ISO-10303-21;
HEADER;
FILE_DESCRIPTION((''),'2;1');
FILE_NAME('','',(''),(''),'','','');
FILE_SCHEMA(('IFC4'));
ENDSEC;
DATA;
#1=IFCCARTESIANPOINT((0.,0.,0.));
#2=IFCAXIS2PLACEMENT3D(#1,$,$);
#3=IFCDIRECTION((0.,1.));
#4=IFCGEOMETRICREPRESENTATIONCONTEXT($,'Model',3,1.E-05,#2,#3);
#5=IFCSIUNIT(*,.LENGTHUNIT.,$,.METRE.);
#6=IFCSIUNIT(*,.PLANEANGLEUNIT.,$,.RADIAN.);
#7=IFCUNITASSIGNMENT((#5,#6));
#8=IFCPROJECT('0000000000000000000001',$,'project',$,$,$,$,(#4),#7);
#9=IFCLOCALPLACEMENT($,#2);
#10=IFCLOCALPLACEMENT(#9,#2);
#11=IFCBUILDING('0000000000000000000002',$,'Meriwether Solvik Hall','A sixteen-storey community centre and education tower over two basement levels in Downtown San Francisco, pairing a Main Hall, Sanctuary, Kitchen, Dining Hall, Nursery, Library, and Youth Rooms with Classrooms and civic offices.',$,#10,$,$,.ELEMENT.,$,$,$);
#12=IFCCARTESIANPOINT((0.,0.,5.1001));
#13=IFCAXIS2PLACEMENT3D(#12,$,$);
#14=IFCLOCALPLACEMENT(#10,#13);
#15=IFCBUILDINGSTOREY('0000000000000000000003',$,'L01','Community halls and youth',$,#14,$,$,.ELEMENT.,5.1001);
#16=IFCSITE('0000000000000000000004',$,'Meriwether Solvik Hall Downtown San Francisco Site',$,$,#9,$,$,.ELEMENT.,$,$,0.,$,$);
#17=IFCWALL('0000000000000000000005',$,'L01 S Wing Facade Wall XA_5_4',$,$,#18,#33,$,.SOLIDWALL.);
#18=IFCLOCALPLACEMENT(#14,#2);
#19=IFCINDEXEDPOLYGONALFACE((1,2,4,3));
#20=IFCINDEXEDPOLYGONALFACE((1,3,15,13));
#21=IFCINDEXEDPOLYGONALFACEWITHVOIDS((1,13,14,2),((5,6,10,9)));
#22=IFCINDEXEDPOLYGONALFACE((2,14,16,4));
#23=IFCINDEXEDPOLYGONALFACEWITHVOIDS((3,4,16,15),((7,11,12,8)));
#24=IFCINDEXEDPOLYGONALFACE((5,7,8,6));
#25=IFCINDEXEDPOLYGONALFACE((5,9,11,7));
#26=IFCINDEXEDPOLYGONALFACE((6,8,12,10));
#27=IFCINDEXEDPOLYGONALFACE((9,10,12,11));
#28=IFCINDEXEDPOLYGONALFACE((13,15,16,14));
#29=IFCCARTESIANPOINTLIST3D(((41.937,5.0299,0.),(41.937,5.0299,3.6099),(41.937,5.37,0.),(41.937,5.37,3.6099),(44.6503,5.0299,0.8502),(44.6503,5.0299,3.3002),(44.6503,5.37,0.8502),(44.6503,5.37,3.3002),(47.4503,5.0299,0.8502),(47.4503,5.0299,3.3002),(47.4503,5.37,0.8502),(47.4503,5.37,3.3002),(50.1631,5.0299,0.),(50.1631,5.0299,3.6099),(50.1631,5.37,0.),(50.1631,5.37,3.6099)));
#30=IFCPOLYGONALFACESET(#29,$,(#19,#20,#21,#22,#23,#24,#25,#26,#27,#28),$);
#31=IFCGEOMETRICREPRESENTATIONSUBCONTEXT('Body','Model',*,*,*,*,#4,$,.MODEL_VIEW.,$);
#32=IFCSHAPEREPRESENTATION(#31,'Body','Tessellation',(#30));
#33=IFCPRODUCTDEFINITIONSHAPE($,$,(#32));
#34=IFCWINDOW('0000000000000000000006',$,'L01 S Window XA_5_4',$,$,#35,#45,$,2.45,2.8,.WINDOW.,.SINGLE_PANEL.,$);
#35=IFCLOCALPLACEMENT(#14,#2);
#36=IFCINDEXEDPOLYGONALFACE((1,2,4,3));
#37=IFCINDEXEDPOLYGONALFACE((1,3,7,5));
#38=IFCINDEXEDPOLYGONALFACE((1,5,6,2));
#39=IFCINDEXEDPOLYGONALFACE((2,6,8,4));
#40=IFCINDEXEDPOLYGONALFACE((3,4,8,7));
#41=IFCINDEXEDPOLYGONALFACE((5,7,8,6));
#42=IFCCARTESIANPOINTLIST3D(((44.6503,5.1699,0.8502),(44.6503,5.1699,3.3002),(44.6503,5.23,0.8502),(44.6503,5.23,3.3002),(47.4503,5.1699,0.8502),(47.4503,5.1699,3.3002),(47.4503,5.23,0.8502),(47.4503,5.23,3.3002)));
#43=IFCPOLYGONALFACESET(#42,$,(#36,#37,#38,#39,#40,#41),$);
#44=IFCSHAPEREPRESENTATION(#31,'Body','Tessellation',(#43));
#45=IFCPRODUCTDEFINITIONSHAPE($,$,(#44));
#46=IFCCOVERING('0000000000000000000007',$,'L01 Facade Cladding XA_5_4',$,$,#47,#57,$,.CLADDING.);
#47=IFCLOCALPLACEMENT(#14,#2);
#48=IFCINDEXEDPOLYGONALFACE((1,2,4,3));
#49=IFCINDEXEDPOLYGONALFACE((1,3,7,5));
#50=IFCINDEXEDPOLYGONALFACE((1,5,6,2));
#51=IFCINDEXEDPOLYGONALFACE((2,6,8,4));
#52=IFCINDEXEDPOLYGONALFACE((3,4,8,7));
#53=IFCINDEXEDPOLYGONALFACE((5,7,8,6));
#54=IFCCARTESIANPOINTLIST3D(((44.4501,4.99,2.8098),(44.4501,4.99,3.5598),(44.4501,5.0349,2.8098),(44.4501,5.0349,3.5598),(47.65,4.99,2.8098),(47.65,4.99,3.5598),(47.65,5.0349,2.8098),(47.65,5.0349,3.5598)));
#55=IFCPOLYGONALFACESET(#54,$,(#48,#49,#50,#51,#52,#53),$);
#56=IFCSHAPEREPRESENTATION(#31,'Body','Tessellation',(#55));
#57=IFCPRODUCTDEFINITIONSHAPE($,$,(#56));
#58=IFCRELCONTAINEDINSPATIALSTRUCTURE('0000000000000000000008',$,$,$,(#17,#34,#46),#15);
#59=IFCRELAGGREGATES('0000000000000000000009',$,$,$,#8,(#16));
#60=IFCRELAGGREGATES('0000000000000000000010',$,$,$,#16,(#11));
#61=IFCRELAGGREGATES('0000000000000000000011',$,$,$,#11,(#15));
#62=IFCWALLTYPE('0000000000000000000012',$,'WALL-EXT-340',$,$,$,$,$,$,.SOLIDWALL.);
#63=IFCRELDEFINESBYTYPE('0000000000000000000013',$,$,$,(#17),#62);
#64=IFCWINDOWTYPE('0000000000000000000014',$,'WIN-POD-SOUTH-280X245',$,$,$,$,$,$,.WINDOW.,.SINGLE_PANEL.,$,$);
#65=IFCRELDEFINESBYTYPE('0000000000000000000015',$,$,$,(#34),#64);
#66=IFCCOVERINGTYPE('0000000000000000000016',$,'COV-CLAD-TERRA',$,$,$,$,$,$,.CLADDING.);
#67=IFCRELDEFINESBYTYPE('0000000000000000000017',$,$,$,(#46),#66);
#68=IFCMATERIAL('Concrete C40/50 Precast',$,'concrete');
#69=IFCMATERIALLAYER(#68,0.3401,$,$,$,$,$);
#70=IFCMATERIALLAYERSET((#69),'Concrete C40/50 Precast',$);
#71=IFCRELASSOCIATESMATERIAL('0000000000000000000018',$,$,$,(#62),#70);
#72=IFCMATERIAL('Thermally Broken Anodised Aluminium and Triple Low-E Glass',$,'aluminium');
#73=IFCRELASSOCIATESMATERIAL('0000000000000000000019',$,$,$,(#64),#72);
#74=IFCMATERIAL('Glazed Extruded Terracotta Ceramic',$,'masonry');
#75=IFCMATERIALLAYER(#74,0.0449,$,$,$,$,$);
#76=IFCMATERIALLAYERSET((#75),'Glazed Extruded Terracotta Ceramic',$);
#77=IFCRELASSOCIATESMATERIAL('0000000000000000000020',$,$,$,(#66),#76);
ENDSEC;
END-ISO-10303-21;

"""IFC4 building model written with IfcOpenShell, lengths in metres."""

from ifc_helpers import new_model, si_unit, direction, frame, frame_2d, origin, origin_2d, place, context, subcontext, project, spatial, rectangle, extrude, material, layer, layer_set, type_object, element, fill, save


model = new_model("IFC4")

# Units and contexts
model_context = context("Model", 3, precision=1e-05, world=origin(), true_north=direction((0.0, 1.0)))
body_context = subcontext(model_context, "Body", "Model", "MODEL_VIEW")
ifc_project = project(units=[si_unit("LENGTHUNIT", "METRE"), si_unit("PLANEANGLEUNIT", "RADIAN")], contexts=[model_context])

# Site, building, storey
site_placement = place(None, origin())
site = spatial("IfcSite", under=ifc_project, at=site_placement, Name="Meriwether Solvik Hall Downtown San Francisco Site", CompositionType="ELEMENT", RefElevation=0.0)
building_placement = place(site_placement, origin())
building = spatial("IfcBuilding", under=site, at=building_placement, Name="Meriwether Solvik Hall", Description="A sixteen-storey community centre and education tower over two basement levels in Downtown San Francisco, pairing a Main Hall, Sanctuary, Kitchen, Dining Hall, Nursery, Library, and Youth Rooms with Classrooms and civic offices.", CompositionType="ELEMENT")
storey_placement = place(building_placement, frame((0.0, 0.0, 5.1001)))
storey = spatial("IfcBuildingStorey", under=building, at=storey_placement, Name="L01", Description="Community halls and youth", CompositionType="ELEMENT", Elevation=5.1001)

# Wall, opening, window
ifc_material_1 = material(Name="Concrete C40/50 Precast", Category="concrete")
ifc_layer_1 = layer(ifc_material_1, 0.3401)
ifc_layer_set_1 = layer_set([ifc_layer_1], Name="Concrete C40/50 Precast")
wall_type_1 = type_object("IfcWallType", Name="WALL-EXT-340", PredefinedType="SOLIDWALL", material=ifc_layer_set_1)
wall_1_placement = place(storey_placement, frame((50.1631, 5.2, 0.0), z_axis=(0.0, 0.0, 1.0), x_axis=(-1.0, 0.0, 0.0)))
wall_1 = element("IfcWall", 1, at=wall_1_placement, inside=storey, type_object=wall_type_1, Name="L01 S Wing Facade Wall XA_5_4", PredefinedType="SOLIDWALL", context=body_context, shape_type="SweptSolid", body=[
    extrude(rectangle(XDim=8.2261, YDim=0.3401, at=frame_2d((4.113, 0.0))), origin(), (0.0, 0.0, 1.0), 3.6099),
])
opening_1_placement = place(wall_1_placement, frame((2.7129, 0.0, 0.8501)))
opening_1 = element("IfcOpeningElement", 2, at=opening_1_placement, cuts=wall_1, PredefinedType="OPENING", context=body_context, shape_type="SweptSolid", body=[
    extrude(rectangle(XDim=2.8, YDim=2.45, at=frame_2d((1.3999, 1.2251))), frame((0.0, 0.1821, 0.0), z_axis=(0.0, -1.0, 0.0), x_axis=(1.0, 0.0, 0.0)), (0.0, 0.0, 1.0), 0.364),
])
ifc_material_2 = material(Name="Thermally Broken Anodised Aluminium and Triple Low-E Glass", Category="aluminium")
window_type_1 = type_object("IfcWindowType", Name="WIN-POD-SOUTH-280X245", PartitioningType="SINGLE_PANEL", PredefinedType="WINDOW", material=ifc_material_2)
window_1_placement = place(opening_1_placement, origin())
window_1 = element("IfcWindow", 3, at=window_1_placement, inside=storey, type_object=window_type_1, Name="L01 S Window XA_5_4", OverallHeight=2.45, OverallWidth=2.8, PartitioningType="SINGLE_PANEL", PredefinedType="WINDOW", context=body_context, shape_type="SweptSolid", body=[
    extrude(rectangle(XDim=2.8, YDim=2.45, at=frame_2d((1.3999, 1.2251))), frame((0.0, 0.03, 0.0), z_axis=(0.0, -1.0, 0.0), x_axis=(1.0, 0.0, 0.0)), (0.0, 0.0, 1.0), 0.0601),
])
fill(opening_1, window_1)

# Covering
ifc_material_3 = material(Name="Glazed Extruded Terracotta Ceramic", Category="masonry")
ifc_layer_2 = layer(ifc_material_3, 0.0449)
ifc_layer_set_2 = layer_set([ifc_layer_2], Name="Glazed Extruded Terracotta Ceramic")
covering_type = type_object("IfcCoveringType", Name="COV-CLAD-TERRA", PredefinedType="CLADDING", material=ifc_layer_set_2)
covering_placement = place(storey_placement, frame((46.05, 5.0125, 2.8098), z_axis=(0.0, 0.0, 1.0), x_axis=(-1.0, 0.0, 0.0)))
element("IfcCovering", 4, at=covering_placement, inside=storey, type_object=covering_type, Name="L01 Facade Cladding XA_5_4", PredefinedType="CLADDING", context=body_context, shape_type="SweptSolid", body=[
    extrude(rectangle(XDim=3.2, YDim=0.0449, at=origin_2d()), origin(), (0.0, 0.0, 1.0), 0.75),
])

save(model, "model.ifc")
